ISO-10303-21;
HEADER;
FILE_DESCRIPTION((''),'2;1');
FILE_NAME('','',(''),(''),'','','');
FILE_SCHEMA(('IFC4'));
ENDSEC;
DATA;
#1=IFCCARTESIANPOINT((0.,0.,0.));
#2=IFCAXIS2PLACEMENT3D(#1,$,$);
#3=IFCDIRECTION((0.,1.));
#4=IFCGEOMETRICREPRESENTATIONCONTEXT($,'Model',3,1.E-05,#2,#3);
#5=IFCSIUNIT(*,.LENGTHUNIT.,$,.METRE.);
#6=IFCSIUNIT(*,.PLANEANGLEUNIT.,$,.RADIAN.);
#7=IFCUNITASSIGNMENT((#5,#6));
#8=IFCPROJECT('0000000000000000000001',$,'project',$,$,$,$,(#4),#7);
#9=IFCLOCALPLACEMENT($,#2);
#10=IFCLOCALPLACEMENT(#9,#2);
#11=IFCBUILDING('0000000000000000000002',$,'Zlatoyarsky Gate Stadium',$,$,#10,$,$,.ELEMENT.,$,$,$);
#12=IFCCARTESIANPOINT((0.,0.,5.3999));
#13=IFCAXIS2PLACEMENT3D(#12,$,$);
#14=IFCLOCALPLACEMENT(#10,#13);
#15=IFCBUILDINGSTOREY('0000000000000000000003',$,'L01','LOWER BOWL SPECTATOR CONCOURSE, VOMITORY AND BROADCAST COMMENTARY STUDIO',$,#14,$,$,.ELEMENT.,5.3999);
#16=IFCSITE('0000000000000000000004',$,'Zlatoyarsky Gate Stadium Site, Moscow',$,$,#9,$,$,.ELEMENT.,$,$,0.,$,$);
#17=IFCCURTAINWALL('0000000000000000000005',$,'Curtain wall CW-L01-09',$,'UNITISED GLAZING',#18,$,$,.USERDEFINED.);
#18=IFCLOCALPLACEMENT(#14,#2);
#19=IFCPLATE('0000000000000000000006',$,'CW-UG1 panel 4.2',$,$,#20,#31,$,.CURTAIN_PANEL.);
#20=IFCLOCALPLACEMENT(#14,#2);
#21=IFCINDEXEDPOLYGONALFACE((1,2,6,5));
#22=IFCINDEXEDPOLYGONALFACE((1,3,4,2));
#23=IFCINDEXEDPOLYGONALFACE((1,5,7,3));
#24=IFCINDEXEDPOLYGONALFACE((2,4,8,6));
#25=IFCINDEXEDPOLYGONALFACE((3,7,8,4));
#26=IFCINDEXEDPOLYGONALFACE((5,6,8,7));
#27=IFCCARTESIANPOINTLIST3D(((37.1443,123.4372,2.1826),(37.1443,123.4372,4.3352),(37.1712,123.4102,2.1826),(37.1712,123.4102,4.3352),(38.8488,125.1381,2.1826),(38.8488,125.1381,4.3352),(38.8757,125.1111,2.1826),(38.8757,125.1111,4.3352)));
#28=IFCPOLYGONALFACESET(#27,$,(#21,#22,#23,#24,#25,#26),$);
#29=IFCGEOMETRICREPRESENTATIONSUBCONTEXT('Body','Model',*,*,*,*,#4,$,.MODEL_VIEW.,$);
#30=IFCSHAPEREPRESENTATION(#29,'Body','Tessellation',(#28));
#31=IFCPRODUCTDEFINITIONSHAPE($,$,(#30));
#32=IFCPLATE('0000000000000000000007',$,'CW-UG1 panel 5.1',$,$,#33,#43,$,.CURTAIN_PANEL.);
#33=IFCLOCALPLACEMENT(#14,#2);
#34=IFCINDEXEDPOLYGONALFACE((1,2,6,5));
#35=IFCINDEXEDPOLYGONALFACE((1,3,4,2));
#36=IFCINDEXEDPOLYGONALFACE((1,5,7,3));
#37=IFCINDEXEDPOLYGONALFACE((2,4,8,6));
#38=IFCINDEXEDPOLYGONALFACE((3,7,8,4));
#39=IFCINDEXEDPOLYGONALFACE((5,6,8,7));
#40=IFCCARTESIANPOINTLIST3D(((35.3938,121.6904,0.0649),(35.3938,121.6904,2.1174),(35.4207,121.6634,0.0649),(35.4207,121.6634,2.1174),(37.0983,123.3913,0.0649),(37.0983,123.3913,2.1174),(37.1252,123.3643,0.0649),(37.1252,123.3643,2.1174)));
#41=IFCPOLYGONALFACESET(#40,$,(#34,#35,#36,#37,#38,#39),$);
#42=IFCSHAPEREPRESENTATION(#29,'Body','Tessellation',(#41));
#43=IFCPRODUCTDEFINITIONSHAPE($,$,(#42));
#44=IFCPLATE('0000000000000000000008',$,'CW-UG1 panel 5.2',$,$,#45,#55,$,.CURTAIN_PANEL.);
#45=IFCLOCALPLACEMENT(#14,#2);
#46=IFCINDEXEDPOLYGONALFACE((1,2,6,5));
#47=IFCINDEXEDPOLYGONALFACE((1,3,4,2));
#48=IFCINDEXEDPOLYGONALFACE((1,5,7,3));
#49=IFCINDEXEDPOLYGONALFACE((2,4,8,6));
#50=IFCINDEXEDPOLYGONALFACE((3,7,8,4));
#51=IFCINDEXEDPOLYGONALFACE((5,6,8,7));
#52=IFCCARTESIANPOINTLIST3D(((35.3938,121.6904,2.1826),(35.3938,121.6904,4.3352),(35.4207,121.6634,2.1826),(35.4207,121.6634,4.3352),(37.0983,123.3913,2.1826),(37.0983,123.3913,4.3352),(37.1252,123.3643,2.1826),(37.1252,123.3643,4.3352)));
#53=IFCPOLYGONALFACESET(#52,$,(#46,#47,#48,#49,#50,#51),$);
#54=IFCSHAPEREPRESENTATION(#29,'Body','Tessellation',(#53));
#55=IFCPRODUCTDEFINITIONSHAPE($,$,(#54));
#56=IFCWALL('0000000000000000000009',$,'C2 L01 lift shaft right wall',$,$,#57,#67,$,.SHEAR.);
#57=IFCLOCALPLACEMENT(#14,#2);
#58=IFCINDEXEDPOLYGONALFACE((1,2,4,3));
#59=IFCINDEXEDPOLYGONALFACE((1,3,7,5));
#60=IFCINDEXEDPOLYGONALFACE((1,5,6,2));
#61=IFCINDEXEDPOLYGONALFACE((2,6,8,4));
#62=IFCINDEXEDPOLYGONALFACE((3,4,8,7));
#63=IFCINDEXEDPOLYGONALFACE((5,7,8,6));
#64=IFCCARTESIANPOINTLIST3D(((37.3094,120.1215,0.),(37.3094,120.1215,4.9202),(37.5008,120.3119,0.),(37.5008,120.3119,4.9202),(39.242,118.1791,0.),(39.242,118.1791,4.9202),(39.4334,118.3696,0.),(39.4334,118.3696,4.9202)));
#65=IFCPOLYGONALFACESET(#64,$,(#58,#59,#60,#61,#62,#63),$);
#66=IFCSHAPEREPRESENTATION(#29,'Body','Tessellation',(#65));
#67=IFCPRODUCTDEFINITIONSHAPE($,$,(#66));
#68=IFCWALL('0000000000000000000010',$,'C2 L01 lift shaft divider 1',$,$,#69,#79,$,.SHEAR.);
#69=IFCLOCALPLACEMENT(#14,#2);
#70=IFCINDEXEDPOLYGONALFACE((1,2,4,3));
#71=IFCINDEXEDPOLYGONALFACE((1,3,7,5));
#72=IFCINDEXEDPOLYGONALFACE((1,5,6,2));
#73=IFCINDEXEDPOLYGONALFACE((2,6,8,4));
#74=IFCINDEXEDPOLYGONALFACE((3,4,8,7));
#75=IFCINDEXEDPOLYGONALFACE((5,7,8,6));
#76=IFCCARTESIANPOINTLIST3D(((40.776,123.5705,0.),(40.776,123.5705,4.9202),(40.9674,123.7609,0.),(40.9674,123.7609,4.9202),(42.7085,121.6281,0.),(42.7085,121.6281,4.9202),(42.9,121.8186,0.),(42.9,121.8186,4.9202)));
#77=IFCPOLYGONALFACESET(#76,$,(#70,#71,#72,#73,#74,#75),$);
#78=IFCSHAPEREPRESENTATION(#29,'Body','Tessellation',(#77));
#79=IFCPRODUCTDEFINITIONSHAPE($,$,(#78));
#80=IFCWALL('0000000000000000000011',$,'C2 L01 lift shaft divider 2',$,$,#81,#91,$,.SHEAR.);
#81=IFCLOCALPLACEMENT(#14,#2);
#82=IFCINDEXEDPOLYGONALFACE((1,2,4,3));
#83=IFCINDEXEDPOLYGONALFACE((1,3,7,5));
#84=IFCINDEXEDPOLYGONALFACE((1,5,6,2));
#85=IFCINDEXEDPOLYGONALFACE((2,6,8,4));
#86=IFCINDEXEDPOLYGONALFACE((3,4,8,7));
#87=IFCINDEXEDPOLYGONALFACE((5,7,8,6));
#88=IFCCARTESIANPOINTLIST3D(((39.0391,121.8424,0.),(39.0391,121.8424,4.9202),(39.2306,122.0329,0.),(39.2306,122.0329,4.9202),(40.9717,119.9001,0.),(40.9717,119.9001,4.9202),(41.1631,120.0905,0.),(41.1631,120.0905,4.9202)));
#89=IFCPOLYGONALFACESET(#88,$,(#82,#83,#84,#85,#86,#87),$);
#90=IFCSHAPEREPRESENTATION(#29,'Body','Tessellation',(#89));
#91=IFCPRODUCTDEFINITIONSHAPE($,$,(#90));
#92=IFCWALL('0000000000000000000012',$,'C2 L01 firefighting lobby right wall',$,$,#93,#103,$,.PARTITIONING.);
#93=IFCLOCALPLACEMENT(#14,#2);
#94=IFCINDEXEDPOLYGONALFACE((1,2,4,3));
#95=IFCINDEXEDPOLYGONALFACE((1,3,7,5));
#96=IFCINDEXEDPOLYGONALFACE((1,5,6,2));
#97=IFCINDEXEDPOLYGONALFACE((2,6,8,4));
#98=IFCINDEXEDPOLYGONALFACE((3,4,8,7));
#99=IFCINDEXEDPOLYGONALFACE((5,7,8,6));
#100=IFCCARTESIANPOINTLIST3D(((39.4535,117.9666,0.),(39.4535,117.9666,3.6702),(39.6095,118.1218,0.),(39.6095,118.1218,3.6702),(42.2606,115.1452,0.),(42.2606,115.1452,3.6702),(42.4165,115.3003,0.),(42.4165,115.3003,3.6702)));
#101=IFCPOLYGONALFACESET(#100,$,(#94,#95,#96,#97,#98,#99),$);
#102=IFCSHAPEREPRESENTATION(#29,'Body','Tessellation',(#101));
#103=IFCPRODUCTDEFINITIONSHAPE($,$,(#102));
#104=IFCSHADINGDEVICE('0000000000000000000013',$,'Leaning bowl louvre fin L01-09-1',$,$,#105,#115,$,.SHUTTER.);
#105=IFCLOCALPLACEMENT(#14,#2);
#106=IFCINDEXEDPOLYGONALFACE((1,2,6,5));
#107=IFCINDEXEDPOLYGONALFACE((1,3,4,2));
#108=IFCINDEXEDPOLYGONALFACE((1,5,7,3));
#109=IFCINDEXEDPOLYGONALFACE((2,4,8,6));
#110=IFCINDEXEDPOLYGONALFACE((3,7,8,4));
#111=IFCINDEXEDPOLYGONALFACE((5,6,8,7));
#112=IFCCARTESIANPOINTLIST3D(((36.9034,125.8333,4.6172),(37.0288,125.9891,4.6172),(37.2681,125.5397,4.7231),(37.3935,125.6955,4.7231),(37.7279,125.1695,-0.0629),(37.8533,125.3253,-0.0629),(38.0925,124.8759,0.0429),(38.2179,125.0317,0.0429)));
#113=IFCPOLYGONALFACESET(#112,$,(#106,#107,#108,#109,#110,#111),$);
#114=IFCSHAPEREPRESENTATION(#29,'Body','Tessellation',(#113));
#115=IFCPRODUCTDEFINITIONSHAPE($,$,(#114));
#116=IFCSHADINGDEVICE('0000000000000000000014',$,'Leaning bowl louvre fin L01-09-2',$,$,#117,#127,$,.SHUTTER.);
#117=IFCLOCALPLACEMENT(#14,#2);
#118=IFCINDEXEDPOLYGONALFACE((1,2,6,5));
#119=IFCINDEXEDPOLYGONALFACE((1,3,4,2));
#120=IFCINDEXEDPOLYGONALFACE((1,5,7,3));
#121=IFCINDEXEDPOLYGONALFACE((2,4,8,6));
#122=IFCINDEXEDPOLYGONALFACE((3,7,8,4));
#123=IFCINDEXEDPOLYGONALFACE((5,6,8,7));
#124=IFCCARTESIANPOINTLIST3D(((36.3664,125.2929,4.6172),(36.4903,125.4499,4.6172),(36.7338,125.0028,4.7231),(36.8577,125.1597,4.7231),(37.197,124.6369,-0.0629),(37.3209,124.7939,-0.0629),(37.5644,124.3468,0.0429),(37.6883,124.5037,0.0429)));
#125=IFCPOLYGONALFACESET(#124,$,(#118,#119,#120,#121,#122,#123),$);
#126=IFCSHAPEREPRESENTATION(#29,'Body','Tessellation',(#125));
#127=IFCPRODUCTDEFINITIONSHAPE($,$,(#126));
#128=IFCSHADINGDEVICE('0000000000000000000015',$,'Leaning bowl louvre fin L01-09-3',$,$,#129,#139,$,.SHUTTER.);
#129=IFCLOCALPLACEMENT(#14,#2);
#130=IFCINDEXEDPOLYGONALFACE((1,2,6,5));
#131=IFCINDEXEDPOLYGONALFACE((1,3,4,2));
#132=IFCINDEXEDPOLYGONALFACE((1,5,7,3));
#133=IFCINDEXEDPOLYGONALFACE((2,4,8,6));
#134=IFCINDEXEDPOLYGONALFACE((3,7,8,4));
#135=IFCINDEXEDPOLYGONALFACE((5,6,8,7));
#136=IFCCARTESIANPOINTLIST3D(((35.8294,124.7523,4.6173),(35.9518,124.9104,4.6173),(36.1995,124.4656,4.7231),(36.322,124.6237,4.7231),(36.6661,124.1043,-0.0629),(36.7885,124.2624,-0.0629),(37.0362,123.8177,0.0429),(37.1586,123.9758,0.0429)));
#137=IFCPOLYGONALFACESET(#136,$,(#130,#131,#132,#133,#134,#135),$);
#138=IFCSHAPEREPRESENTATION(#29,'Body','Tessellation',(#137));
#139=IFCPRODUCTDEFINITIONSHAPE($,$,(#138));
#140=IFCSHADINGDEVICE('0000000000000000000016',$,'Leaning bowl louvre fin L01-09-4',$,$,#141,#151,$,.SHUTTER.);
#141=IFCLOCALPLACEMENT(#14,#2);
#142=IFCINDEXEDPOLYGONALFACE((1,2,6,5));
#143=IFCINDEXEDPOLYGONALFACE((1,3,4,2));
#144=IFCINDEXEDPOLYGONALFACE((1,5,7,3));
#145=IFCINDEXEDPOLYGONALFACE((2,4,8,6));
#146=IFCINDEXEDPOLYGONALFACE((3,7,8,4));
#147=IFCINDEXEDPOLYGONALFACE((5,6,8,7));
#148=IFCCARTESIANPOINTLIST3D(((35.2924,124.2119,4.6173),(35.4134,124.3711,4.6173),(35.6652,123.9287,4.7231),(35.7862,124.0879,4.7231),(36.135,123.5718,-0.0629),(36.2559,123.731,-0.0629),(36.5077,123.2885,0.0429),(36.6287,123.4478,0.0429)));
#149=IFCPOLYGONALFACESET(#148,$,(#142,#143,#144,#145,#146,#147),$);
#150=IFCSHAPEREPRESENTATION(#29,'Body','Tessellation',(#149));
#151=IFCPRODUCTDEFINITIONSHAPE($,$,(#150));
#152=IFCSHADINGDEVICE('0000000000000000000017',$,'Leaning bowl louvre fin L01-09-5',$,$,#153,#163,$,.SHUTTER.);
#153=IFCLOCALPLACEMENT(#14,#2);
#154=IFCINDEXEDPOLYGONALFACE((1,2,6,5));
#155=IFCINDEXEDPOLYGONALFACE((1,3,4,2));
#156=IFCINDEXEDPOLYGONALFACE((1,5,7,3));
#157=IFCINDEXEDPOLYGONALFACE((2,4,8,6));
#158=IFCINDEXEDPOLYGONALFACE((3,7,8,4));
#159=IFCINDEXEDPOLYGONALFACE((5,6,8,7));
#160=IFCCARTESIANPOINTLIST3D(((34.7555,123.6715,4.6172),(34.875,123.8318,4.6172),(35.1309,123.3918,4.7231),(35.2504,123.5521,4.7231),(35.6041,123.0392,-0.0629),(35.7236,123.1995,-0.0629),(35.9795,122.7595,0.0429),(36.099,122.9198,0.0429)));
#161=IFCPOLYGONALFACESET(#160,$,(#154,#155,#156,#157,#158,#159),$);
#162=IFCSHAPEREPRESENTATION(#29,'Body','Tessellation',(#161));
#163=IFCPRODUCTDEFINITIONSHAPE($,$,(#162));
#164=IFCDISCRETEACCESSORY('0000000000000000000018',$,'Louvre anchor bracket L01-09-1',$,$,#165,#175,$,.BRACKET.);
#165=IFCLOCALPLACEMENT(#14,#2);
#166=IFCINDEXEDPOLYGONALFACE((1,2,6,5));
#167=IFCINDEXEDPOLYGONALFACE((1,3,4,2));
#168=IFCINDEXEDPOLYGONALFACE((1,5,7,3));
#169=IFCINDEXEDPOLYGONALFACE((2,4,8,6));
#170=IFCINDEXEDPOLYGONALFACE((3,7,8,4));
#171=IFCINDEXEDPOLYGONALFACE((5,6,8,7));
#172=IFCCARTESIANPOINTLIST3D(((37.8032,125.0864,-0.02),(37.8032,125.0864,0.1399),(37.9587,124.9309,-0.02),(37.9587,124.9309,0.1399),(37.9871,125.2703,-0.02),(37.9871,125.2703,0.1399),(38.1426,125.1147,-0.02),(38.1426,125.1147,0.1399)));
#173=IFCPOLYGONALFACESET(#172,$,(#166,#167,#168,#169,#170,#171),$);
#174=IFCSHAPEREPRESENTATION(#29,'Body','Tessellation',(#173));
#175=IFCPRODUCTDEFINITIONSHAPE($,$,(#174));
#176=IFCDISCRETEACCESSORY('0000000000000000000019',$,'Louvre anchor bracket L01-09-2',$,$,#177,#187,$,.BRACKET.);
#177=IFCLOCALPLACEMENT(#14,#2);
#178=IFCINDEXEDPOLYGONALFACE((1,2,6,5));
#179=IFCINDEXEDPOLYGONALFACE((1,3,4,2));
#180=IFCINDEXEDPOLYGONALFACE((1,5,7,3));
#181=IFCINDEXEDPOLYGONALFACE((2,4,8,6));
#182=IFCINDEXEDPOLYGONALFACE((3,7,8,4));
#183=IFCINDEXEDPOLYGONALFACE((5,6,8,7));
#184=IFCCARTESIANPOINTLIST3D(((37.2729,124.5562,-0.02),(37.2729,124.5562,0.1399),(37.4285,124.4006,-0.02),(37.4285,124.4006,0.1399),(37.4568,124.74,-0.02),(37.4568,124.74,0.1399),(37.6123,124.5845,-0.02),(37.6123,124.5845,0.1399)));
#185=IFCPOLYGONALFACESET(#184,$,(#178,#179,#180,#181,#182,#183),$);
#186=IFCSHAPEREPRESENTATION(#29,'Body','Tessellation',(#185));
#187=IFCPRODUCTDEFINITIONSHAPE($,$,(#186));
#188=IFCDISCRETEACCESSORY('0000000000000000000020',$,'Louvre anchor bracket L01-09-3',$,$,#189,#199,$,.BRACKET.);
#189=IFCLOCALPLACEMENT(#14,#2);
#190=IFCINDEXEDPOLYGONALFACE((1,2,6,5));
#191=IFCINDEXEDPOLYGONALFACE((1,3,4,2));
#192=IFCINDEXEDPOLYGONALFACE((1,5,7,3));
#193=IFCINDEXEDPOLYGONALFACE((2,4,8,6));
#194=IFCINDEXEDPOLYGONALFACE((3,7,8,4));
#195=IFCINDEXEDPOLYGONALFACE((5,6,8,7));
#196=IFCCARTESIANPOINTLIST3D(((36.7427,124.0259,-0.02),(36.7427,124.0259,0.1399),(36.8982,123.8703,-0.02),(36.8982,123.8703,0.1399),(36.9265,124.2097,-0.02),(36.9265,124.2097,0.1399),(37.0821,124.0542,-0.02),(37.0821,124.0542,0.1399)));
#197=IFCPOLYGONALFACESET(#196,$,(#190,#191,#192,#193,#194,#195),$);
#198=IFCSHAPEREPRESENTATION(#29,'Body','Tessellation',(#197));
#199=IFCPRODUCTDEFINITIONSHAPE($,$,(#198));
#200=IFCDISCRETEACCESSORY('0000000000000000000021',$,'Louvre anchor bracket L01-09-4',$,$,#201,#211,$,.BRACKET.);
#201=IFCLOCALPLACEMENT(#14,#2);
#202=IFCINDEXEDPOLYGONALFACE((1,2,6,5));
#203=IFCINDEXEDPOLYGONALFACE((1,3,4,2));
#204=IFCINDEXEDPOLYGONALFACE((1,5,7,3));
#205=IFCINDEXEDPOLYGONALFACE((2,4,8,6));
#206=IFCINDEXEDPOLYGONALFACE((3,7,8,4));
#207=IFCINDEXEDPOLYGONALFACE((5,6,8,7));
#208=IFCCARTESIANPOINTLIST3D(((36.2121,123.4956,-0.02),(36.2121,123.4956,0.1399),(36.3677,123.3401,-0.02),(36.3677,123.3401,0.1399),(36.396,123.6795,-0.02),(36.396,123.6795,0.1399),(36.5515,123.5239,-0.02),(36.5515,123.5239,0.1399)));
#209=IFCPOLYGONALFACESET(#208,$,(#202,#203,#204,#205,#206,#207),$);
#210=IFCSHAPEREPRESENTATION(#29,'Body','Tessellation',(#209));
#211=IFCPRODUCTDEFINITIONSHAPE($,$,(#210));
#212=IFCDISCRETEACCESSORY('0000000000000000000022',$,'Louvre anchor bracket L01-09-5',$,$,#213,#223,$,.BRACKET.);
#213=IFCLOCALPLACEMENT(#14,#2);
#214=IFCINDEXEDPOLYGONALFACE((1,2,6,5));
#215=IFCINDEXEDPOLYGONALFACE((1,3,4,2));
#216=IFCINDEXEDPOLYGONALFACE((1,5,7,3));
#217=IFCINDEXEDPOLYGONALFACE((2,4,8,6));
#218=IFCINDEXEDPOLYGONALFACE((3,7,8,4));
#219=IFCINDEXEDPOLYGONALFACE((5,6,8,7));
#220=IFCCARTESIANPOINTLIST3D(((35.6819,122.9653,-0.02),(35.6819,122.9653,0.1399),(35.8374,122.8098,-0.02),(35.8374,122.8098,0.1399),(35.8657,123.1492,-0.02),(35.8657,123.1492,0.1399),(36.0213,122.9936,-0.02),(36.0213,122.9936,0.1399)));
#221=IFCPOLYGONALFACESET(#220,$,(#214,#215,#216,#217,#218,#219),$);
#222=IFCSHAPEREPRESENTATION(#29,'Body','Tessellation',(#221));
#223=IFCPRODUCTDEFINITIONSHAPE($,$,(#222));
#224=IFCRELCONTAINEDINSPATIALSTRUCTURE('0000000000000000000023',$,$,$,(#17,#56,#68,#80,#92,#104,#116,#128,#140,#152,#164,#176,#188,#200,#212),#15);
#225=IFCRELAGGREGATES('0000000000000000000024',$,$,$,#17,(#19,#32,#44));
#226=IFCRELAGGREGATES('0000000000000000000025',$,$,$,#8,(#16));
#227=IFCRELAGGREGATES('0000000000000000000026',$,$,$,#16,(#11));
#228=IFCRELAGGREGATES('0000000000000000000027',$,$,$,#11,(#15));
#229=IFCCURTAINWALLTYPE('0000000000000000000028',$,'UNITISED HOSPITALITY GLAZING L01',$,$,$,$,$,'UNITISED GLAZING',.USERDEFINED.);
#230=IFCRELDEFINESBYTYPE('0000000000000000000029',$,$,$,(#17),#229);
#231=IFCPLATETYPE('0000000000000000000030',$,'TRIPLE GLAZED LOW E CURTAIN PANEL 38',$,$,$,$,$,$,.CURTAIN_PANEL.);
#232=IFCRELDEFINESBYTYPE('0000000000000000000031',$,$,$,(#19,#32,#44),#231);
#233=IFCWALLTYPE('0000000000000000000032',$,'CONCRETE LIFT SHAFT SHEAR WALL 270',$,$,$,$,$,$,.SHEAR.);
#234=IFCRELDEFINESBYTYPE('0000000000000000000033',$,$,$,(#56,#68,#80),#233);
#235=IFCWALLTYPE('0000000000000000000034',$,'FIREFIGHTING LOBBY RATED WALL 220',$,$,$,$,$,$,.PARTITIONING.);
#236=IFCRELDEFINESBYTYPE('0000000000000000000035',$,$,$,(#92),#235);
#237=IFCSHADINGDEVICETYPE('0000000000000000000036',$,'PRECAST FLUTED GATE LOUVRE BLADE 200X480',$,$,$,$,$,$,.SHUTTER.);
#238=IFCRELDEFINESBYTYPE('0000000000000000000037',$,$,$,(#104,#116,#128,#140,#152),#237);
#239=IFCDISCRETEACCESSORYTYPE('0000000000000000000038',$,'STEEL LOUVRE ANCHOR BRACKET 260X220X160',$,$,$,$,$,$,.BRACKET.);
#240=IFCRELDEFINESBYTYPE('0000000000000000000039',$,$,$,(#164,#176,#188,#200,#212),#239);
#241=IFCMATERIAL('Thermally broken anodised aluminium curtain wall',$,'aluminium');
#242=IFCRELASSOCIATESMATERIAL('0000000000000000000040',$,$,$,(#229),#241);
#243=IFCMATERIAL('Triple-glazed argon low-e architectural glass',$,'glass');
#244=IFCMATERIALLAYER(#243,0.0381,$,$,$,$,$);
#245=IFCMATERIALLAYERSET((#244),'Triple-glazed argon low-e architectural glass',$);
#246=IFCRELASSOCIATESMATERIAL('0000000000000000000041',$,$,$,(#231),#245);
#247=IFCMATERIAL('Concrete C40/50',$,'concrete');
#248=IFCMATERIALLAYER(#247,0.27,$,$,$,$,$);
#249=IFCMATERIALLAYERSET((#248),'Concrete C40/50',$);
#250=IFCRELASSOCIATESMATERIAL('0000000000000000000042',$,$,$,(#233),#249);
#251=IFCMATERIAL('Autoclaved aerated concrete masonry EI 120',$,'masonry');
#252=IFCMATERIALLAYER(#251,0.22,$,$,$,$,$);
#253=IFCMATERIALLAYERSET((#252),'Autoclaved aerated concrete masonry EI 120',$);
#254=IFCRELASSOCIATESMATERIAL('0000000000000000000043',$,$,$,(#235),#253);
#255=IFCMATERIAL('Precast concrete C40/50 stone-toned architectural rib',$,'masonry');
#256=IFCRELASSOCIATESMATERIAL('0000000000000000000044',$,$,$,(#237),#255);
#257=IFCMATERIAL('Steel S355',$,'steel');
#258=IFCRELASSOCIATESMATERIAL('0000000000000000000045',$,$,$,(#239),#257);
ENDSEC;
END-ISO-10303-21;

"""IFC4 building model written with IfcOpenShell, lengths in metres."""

from ifc_helpers import new_model, si_unit, direction, frame, frame_2d, origin, origin_2d, place, context, subcontext, project, spatial, rectangle, extrude, material, layer, layer_set, material_profile, profile_set, type_object, element, aggregate, save


model = new_model("IFC4")

# Units and contexts
model_context = context("Model", 3, precision=1e-05, world=origin(), true_north=direction((0.0, 1.0)))
body_context = subcontext(model_context, "Body", "Model", "MODEL_VIEW")
ifc_project = project(units=[si_unit("LENGTHUNIT", "METRE"), si_unit("PLANEANGLEUNIT", "RADIAN")], contexts=[model_context])

# Site, building, storey
site_placement = place(None, origin())
site = spatial("IfcSite", under=ifc_project, at=site_placement, Name="Zlatoyarsky Gate Stadium Site, Moscow", CompositionType="ELEMENT", RefElevation=0.0)
building_placement = place(site_placement, origin())
building = spatial("IfcBuilding", under=site, at=building_placement, Name="Zlatoyarsky Gate Stadium", CompositionType="ELEMENT")
storey_placement = place(building_placement, frame((0.0, 0.0, 5.3999)))
storey = spatial("IfcBuildingStorey", under=building, at=storey_placement, Name="L01", Description="LOWER BOWL SPECTATOR CONCOURSE, VOMITORY AND BROADCAST COMMENTARY STUDIO", CompositionType="ELEMENT", Elevation=5.3999)

# Curtain wall
ifc_material_1 = material(Name="Thermally broken anodised aluminium curtain wall", Category="aluminium")
curtain_wall_type = type_object("IfcCurtainWallType", Name="UNITISED HOSPITALITY GLAZING L01", ElementType="UNITISED GLAZING", PredefinedType="USERDEFINED", material=ifc_material_1)
curtain_wall_placement = place(storey_placement, origin())
curtain_wall = element("IfcCurtainWall", 1, at=curtain_wall_placement, inside=storey, type_object=curtain_wall_type, Name="Curtain wall CW-L01-09", ObjectType="UNITISED GLAZING", PredefinedType="USERDEFINED")

# Shared definitions
ifc_material_2 = material(Name="Steel S355", Category="steel")

# Plates
ifc_material_3 = material(Name="Triple-glazed argon low-e architectural glass", Category="glass")
ifc_layer_1 = layer(ifc_material_3, 0.0381)
ifc_layer_set_1 = layer_set([ifc_layer_1], Name="Triple-glazed argon low-e architectural glass")
plate_type_1 = type_object("IfcPlateType", Name="TRIPLE GLAZED LOW E CURTAIN PANEL 38", PredefinedType="CURTAIN_PANEL", material=ifc_layer_set_1)
plate_1_placement = place(storey_placement, frame((38.01, 124.2742, 2.1826), z_axis=(0.0, 0.0, 1.0), x_axis=(-0.707842, -0.706371, 0.0)))
plate_1 = element("IfcPlate", 2, at=plate_1_placement, type_object=plate_type_1, Name="CW-UG1 panel 4.2", PredefinedType="CURTAIN_PANEL", context=body_context, shape_type="SweptSolid", body=[
    extrude(rectangle(XDim=2.408, YDim=0.0381, at=origin_2d()), origin(), (0.0, 0.0, 1.0), 2.1526),
])
plate_2_placement = place(storey_placement, frame((36.2595, 122.5273, 0.0649), z_axis=(0.0, 0.0, 1.0), x_axis=(-0.707842, -0.706371, 0.0)))
plate_2 = element("IfcPlate", 3, at=plate_2_placement, type_object=plate_type_1, Name="CW-UG1 panel 5.1", PredefinedType="CURTAIN_PANEL", context=body_context, shape_type="SweptSolid", body=[
    extrude(rectangle(XDim=2.408, YDim=0.0381, at=origin_2d()), origin(), (0.0, 0.0, 1.0), 2.0525),
])
plate_3_placement = place(storey_placement, frame((36.2595, 122.5273, 2.1826), z_axis=(0.0, 0.0, 1.0), x_axis=(-0.707842, -0.706371, 0.0)))
plate_3 = element("IfcPlate", 4, at=plate_3_placement, type_object=plate_type_1, Name="CW-UG1 panel 5.2", PredefinedType="CURTAIN_PANEL", context=body_context, shape_type="SweptSolid", body=[
    extrude(rectangle(XDim=2.408, YDim=0.0381, at=origin_2d()), origin(), (0.0, 0.0, 1.0), 2.1526),
])
aggregate(curtain_wall, [plate_1, plate_2, plate_3])

# Walls
ifc_material_4 = material(Name="Concrete C40/50", Category="concrete")
ifc_layer_2 = layer(ifc_material_4, 0.27)
ifc_layer_set_2 = layer_set([ifc_layer_2], Name="Concrete C40/50")
wall_type_1 = type_object("IfcWallType", Name="CONCRETE LIFT SHAFT SHEAR WALL 270", PredefinedType="SHEAR", material=ifc_layer_set_2)
for number, where, z_axis, x_axis, name in (
    (5, (37.405, 120.2168, 0.0), (0.0, 0.0, 1.0), (0.705323, -0.708887, 0.0), "C2 L01 lift shaft right wall"),
    (6, (40.8716, 123.6658, 0.0), (0.0, 0.0, 1.0), (0.705323, -0.708887, 0.0), "C2 L01 lift shaft divider 1"),
    (7, (39.1348, 121.9377, 0.0), (0.0, 0.0, 1.0), (0.705323, -0.708887, 0.0), "C2 L01 lift shaft divider 2"),
):
    element("IfcWall", number, at=place(storey_placement, frame(where, z_axis=z_axis, x_axis=x_axis)), inside=storey, type_object=wall_type_1, Name=name, PredefinedType="SHEAR", context=body_context, shape_type="SweptSolid", body=[
        extrude(rectangle(XDim=2.74, YDim=0.27, at=frame_2d((1.3701, 0.0))), origin(), (0.0, 0.0, 1.0), 4.9202),
    ])
ifc_material_5 = material(Name="Autoclaved aerated concrete masonry EI 120", Category="masonry")
ifc_layer_3 = layer(ifc_material_5, 0.22)
ifc_layer_set_3 = layer_set([ifc_layer_3], Name="Autoclaved aerated concrete masonry EI 120")
wall_type_2 = type_object("IfcWallType", Name="FIREFIGHTING LOBBY RATED WALL 220", PredefinedType="PARTITIONING", material=ifc_layer_set_3)
wall_placement = place(storey_placement, frame((39.5315, 118.0442, 0.0), z_axis=(0.0, 0.0, 1.0), x_axis=(0.705295, -0.708914, 0.0)))
element("IfcWall", 8, at=wall_placement, inside=storey, type_object=wall_type_2, Name="C2 L01 firefighting lobby right wall", PredefinedType="PARTITIONING", context=body_context, shape_type="SweptSolid", body=[
    extrude(rectangle(XDim=3.98, YDim=0.22, at=frame_2d((1.99, 0.0))), origin(), (0.0, 0.0, 1.0), 3.6702),
])

# Shading devices
ifc_material_6 = material(Name="Precast concrete C40/50 stone-toned architectural rib", Category="masonry")
ifc_material_profile_1 = material_profile(ifc_material_6, rectangle(XDim=0.2, YDim=0.48, at=origin_2d()), Name="RIB 200X480")
ifc_profile_set_1 = profile_set([ifc_material_profile_1], Name="Precast concrete C40/50 stone-toned architectural rib")
shading_device_type = type_object("IfcShadingDeviceType", Name="PRECAST FLUTED GATE LOUVRE BLADE 200X480", PredefinedType="SHUTTER", material=ifc_profile_set_1)
for number, where, z_axis, x_axis, name in (
    (9, (37.9729, 125.1006, -0.01), (-0.171821, 0.138342, 0.975366), (-0.627139, -0.778907, 0.0), "Leaning bowl louvre fin L01-09-1"),
    (10, (37.4426, 124.5703, -0.01), (-0.173094, 0.136715, 0.97537), (-0.619816, -0.784747, 0.0), "Leaning bowl louvre fin L01-09-2"),
    (11, (36.9124, 124.04, -0.01), (-0.174367, 0.135037, 0.975377), (-0.612294, -0.79063, 0.0), "Leaning bowl louvre fin L01-09-3"),
    (12, (36.3818, 123.5098, -0.01), (-0.175589, 0.133409, 0.975382), (-0.604972, -0.796247, 0.0), "Leaning bowl louvre fin L01-09-4"),
    (13, (35.8516, 122.9795, -0.01), (-0.17686, 0.13178, 0.975374), (-0.597487, -0.801878, 0.0), "Leaning bowl louvre fin L01-09-5"),
):
    element("IfcShadingDevice", number, at=place(storey_placement, frame(where, z_axis=z_axis, x_axis=x_axis)), inside=storey, type_object=shading_device_type, Name=name, PredefinedType="SHUTTER", context=body_context, shape_type="SweptSolid", body=[
        extrude(rectangle(XDim=0.2, YDim=0.48, at=origin_2d()), origin(), (0.0, 0.0, 1.0), 4.7983),
    ])

# Discrete accessories
discrete_accessory_type = type_object("IfcDiscreteAccessoryType", Name="STEEL LOUVRE ANCHOR BRACKET 260X220X160", PredefinedType="BRACKET", material=ifc_material_2)
for number, where, z_axis, x_axis, name in (
    (14, (37.9729, 125.1006, -0.02), (0.0, 0.0, 1.0), (-0.707137, -0.707076, 0.0), "Louvre anchor bracket L01-09-1"),
    (15, (37.4426, 124.5703, -0.02), (0.0, 0.0, 1.0), (-0.707137, -0.707076, 0.0), "Louvre anchor bracket L01-09-2"),
    (16, (36.9124, 124.04, -0.02), (0.0, 0.0, 1.0), (-0.707137, -0.707076, 0.0), "Louvre anchor bracket L01-09-3"),
    (17, (36.3818, 123.5098, -0.02), (0.0, 0.0, 1.0), (-0.707137, -0.707076, 0.0), "Louvre anchor bracket L01-09-4"),
    (18, (35.8516, 122.9795, -0.02), (0.0, 0.0, 1.0), (-0.707137, -0.707076, 0.0), "Louvre anchor bracket L01-09-5"),
):
    element("IfcDiscreteAccessory", number, at=place(storey_placement, frame(where, z_axis=z_axis, x_axis=x_axis)), inside=storey, type_object=discrete_accessory_type, Name=name, PredefinedType="BRACKET", context=body_context, shape_type="SweptSolid", body=[
        extrude(rectangle(XDim=0.26, YDim=0.22, at=origin_2d()), origin(), (0.0, 0.0, 1.0), 0.1599),
    ])

save(model, "model.ifc")
